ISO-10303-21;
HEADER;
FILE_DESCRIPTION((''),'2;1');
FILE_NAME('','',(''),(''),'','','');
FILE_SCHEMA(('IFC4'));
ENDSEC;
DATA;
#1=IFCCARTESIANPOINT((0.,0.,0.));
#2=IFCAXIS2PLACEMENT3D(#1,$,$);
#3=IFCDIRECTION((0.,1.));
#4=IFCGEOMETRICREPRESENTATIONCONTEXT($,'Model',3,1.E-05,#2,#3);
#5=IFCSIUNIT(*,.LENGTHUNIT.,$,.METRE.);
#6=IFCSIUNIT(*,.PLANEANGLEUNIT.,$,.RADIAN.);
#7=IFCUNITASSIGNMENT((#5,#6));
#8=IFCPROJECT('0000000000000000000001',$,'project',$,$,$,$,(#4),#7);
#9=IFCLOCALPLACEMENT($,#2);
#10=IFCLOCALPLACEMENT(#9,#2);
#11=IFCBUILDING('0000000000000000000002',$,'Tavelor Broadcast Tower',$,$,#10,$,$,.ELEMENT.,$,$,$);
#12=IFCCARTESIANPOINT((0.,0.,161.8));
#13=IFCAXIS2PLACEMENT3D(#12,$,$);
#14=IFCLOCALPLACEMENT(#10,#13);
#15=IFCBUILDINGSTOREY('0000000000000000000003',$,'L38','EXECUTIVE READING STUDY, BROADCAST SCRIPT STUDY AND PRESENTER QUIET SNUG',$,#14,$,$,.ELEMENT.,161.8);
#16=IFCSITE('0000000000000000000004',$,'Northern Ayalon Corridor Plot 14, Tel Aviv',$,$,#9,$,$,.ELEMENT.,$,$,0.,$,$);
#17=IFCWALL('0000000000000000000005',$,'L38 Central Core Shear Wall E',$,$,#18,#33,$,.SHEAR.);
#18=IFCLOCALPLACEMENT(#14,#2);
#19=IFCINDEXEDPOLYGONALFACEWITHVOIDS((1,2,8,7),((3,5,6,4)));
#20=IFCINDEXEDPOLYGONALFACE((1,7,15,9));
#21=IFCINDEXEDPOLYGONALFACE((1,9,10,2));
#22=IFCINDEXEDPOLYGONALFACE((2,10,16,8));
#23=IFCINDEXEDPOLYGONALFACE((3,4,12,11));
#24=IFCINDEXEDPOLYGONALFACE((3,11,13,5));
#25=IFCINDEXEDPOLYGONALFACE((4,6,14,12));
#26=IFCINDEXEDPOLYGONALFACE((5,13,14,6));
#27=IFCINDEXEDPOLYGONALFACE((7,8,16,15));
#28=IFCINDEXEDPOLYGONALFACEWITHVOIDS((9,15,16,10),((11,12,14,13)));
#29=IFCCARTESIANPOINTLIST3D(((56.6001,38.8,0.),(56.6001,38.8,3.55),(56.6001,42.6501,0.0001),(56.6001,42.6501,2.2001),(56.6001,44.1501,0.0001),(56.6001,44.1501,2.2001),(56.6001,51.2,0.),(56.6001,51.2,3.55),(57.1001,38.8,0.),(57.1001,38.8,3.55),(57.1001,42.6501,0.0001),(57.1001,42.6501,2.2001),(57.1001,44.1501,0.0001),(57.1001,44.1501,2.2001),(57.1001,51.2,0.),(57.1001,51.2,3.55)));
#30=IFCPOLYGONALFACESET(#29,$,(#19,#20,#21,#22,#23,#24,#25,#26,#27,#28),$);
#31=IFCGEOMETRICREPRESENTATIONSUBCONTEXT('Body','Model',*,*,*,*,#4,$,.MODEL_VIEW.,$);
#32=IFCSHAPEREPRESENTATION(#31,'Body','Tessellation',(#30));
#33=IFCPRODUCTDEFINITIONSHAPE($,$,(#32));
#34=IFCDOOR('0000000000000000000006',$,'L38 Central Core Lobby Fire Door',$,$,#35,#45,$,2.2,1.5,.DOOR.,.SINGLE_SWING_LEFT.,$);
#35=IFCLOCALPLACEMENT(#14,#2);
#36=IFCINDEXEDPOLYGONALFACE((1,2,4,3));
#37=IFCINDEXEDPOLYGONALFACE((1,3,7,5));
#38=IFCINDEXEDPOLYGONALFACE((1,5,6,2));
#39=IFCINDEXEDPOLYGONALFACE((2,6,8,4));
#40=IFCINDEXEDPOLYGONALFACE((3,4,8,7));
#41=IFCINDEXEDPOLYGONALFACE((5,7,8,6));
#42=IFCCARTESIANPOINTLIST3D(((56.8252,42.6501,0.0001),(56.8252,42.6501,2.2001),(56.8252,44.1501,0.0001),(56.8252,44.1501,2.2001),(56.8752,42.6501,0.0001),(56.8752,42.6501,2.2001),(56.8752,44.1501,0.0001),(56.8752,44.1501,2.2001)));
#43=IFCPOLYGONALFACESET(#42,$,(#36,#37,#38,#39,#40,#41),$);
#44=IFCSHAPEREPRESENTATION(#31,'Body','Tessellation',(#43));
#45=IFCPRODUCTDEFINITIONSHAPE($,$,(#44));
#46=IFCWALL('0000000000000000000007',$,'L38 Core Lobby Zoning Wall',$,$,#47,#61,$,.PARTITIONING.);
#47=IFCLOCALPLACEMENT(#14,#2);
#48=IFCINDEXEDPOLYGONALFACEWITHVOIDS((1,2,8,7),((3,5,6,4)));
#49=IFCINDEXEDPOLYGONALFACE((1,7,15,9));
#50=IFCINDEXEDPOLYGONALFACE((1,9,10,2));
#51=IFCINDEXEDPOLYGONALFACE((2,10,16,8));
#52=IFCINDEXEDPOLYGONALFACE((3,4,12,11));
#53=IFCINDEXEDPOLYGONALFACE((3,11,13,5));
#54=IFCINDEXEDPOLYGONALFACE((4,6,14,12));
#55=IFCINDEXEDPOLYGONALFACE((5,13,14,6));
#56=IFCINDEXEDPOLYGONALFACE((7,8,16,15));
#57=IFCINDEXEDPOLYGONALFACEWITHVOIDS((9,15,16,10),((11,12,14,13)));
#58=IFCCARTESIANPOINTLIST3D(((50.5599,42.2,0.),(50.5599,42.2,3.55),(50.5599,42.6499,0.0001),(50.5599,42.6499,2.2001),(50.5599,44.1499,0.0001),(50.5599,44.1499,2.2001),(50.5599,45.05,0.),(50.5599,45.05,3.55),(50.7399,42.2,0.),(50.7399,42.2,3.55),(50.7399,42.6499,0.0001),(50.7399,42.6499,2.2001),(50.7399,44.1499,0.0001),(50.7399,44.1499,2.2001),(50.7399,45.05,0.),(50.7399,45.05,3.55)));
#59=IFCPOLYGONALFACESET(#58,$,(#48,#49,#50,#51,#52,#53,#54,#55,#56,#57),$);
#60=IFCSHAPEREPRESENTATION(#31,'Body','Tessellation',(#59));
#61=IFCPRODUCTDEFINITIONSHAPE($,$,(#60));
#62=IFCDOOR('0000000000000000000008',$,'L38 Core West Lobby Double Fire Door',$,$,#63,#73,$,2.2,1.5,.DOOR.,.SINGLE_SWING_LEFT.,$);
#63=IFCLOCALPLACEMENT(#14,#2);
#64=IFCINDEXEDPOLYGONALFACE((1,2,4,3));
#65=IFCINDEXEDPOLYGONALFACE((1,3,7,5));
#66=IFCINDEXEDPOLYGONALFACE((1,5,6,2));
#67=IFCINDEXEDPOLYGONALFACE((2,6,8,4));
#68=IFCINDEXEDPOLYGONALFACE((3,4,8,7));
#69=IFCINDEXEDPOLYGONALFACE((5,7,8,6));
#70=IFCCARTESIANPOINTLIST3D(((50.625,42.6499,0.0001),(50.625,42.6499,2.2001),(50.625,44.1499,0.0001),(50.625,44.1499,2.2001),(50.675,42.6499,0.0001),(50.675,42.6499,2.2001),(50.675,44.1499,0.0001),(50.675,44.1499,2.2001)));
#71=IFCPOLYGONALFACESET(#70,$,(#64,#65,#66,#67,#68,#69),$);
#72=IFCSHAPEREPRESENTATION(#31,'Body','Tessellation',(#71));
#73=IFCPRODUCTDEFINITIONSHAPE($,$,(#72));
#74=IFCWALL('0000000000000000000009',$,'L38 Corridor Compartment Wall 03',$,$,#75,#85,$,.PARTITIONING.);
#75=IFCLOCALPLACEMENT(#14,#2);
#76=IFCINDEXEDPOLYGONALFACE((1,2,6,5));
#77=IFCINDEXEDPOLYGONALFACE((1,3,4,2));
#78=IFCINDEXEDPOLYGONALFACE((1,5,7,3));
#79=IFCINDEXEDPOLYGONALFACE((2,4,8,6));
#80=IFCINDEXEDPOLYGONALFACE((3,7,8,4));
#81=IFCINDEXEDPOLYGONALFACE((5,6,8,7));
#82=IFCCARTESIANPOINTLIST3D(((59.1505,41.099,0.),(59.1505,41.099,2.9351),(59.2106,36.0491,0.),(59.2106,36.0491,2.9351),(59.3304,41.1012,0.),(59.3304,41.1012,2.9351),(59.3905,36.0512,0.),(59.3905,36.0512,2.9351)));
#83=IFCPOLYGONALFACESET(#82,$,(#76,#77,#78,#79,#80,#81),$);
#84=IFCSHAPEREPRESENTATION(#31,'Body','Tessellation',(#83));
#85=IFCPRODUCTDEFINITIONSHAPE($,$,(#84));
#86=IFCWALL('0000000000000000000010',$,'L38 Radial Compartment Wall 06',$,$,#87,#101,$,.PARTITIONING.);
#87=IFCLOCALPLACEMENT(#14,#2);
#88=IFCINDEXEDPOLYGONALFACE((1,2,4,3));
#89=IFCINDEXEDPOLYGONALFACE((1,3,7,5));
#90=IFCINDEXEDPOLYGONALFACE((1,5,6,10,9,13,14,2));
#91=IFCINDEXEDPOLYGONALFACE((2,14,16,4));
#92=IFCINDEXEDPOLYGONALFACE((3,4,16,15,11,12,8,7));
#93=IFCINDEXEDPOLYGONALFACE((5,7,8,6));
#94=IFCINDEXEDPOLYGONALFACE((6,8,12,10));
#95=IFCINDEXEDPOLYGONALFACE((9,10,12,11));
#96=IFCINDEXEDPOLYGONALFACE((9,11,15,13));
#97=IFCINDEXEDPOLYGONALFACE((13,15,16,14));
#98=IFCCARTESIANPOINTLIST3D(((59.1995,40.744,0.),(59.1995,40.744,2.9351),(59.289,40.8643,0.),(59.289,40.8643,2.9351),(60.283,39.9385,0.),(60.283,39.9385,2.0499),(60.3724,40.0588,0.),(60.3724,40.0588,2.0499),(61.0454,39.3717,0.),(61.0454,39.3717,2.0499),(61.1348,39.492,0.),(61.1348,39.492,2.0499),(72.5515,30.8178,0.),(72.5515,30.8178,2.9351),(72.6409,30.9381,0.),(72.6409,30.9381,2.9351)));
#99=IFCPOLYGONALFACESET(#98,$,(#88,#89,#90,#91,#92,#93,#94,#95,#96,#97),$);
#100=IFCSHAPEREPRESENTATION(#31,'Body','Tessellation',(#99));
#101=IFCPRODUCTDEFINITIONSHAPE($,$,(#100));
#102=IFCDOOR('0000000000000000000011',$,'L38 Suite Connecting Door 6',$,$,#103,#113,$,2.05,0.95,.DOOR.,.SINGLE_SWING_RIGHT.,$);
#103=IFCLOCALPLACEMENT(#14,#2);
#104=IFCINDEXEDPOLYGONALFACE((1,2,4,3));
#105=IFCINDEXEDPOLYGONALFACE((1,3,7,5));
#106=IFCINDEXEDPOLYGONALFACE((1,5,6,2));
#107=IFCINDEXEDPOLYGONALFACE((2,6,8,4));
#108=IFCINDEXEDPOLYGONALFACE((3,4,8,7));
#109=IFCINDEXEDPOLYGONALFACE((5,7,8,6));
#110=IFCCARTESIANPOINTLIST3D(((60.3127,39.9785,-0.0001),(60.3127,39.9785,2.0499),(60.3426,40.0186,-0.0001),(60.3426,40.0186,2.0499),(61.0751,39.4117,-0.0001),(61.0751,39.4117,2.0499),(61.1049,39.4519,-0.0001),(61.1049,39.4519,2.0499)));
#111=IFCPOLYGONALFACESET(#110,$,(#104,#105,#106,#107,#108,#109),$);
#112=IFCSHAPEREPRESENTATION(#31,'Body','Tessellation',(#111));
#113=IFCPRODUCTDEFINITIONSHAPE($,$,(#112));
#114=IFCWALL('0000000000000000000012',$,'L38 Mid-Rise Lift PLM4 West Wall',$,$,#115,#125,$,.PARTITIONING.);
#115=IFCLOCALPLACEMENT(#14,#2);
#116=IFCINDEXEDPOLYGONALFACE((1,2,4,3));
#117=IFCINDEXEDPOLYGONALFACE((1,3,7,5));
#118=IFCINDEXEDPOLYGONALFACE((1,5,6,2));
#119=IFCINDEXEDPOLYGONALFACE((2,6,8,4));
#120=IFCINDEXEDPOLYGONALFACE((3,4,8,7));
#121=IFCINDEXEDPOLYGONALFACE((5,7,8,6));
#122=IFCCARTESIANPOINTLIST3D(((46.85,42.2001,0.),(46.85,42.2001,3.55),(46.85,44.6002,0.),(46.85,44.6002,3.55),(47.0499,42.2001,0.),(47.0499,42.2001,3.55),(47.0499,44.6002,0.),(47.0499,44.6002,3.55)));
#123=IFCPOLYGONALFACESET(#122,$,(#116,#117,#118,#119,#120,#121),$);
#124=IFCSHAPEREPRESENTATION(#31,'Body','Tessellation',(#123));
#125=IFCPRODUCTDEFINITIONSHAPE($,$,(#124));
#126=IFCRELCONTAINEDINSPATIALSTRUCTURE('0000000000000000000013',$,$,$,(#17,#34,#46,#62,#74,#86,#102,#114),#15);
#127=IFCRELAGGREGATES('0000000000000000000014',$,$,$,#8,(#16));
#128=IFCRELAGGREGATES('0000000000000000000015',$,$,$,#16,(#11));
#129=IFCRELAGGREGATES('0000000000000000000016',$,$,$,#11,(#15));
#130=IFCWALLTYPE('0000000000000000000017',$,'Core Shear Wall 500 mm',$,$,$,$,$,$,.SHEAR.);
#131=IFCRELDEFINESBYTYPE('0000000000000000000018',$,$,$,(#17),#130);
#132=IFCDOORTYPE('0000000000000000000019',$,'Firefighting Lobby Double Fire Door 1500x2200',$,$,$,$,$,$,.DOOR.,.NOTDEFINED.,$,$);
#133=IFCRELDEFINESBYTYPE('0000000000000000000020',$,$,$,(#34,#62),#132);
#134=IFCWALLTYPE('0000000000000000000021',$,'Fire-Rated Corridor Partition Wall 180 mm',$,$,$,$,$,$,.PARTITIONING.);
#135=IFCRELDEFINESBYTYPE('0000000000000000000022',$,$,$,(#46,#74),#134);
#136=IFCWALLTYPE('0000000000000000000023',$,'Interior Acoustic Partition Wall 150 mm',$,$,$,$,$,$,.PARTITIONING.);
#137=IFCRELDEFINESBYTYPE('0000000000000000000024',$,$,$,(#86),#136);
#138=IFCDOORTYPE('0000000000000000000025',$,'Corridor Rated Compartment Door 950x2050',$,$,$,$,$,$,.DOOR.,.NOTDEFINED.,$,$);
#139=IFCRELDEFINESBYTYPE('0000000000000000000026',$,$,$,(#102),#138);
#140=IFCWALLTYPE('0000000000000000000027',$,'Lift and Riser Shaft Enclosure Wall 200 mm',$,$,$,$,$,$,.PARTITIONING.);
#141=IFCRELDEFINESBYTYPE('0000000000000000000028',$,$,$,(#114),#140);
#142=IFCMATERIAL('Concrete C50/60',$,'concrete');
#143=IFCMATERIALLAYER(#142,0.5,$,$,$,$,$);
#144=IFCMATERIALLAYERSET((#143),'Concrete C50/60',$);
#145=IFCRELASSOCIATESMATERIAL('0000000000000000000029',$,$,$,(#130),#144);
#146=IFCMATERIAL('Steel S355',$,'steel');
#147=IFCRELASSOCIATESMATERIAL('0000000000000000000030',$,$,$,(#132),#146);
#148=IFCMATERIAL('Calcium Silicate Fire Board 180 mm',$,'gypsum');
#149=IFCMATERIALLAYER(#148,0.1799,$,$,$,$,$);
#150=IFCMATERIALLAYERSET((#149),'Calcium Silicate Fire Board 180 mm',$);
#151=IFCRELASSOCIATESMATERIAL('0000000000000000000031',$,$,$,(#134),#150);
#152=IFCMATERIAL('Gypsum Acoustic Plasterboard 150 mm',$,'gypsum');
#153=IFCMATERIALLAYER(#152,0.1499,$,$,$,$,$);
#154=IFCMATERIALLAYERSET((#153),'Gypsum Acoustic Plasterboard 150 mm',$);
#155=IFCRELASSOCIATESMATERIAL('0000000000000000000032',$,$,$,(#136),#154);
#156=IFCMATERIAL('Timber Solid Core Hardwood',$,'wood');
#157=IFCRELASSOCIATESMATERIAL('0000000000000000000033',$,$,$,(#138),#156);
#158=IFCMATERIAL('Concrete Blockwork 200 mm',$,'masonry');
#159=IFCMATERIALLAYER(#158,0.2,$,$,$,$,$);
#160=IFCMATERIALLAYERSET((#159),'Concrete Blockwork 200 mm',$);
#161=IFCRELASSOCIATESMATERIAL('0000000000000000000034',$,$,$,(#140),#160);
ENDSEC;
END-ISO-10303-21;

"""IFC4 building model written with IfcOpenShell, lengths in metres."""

from ifc_helpers import new_model, si_unit, direction, frame, frame_2d, origin, place, context, subcontext, project, spatial, rectangle, extrude, material, layer, layer_set, type_object, element, fill, save


model = new_model("IFC4")

# Units and contexts
model_context = context("Model", 3, precision=1e-05, world=origin(), true_north=direction((0.0, 1.0)))
body_context = subcontext(model_context, "Body", "Model", "MODEL_VIEW")
ifc_project = project(units=[si_unit("LENGTHUNIT", "METRE"), si_unit("PLANEANGLEUNIT", "RADIAN")], contexts=[model_context])

# Site, building, storey
site_placement = place(None, origin())
site = spatial("IfcSite", under=ifc_project, at=site_placement, Name="Northern Ayalon Corridor Plot 14, Tel Aviv", CompositionType="ELEMENT", RefElevation=0.0)
building_placement = place(site_placement, origin())
building = spatial("IfcBuilding", under=site, at=building_placement, Name="Tavelor Broadcast Tower", CompositionType="ELEMENT")
storey_placement = place(building_placement, frame((0.0, 0.0, 161.8)))
storey = spatial("IfcBuildingStorey", under=building, at=storey_placement, Name="L38", Description="EXECUTIVE READING STUDY, BROADCAST SCRIPT STUDY AND PRESENTER QUIET SNUG", CompositionType="ELEMENT", Elevation=161.8)

# Shared definitions
ifc_material_1 = material(Name="Concrete C50/60", Category="concrete")

# Shared definitions
ifc_material_2 = material(Name="Steel S355", Category="steel")

# Walls, openings, doors
ifc_layer_1 = layer(ifc_material_1, 0.5)
ifc_layer_set_1 = layer_set([ifc_layer_1], Name="Concrete C50/60")
wall_type_1 = type_object("IfcWallType", Name="Core Shear Wall 500 mm", PredefinedType="SHEAR", material=ifc_layer_set_1)
wall_1_placement = place(storey_placement, frame((56.8501, 38.8, 0.0), z_axis=(0.0, 0.0, 1.0), x_axis=(0.0, 1.0, 0.0)))
wall_1 = element("IfcWall", 1, at=wall_1_placement, inside=storey, type_object=wall_type_1, Name="L38 Central Core Shear Wall E", PredefinedType="SHEAR", context=body_context, shape_type="SweptSolid", body=[
    extrude(rectangle(XDim=12.3999, YDim=0.5, at=frame_2d((6.2, 0.0))), origin(), (0.0, 0.0, 1.0), 3.55),
])
opening_1_placement = place(wall_1_placement, frame((3.8501, 0.0, 0.0)))
opening_1 = element("IfcOpeningElement", 2, at=opening_1_placement, cuts=wall_1, PredefinedType="OPENING", context=body_context, shape_type="SweptSolid", body=[
    extrude(rectangle(XDim=1.5, YDim=2.2, at=frame_2d((0.75, 1.1001))), frame((0.0, 0.26, 0.0), z_axis=(0.0, -1.0, 0.0), x_axis=(1.0, 0.0, 0.0)), (0.0, 0.0, 1.0), 0.52),
])
door_type_1 = type_object("IfcDoorType", Name="Firefighting Lobby Double Fire Door 1500x2200", OperationType="NOTDEFINED", PredefinedType="DOOR", material=ifc_material_2)
door_1_placement = place(opening_1_placement, origin())
door_1 = element("IfcDoor", 3, at=door_1_placement, inside=storey, type_object=door_type_1, Name="L38 Central Core Lobby Fire Door", OperationType="SINGLE_SWING_LEFT", OverallHeight=2.2, OverallWidth=1.5, PredefinedType="DOOR", context=body_context, shape_type="SweptSolid", body=[
    extrude(rectangle(XDim=1.5, YDim=2.2, at=frame_2d((0.75, 1.1001))), frame((0.0, 0.0249, 0.0), z_axis=(0.0, -1.0, 0.0), x_axis=(1.0, 0.0, 0.0)), (0.0, 0.0, 1.0), 0.05),
])
fill(opening_1, door_1)
ifc_material_3 = material(Name="Calcium Silicate Fire Board 180 mm", Category="gypsum")
ifc_layer_2 = layer(ifc_material_3, 0.1799)
ifc_layer_set_2 = layer_set([ifc_layer_2], Name="Calcium Silicate Fire Board 180 mm")
wall_type_2 = type_object("IfcWallType", Name="Fire-Rated Corridor Partition Wall 180 mm", PredefinedType="PARTITIONING", material=ifc_layer_set_2)
wall_2_placement = place(storey_placement, frame((50.6499, 42.2, 0.0), z_axis=(0.0, 0.0, 1.0), x_axis=(0.0, 1.0, 0.0)))
wall_2 = element("IfcWall", 4, at=wall_2_placement, inside=storey, type_object=wall_type_2, Name="L38 Core Lobby Zoning Wall", PredefinedType="PARTITIONING", context=body_context, shape_type="SweptSolid", body=[
    extrude(rectangle(XDim=2.8501, YDim=0.1799, at=frame_2d((1.425, 0.0))), origin(), (0.0, 0.0, 1.0), 3.55),
])
opening_2_placement = place(wall_2_placement, frame((0.45, 0.0, 0.0)))
opening_2 = element("IfcOpeningElement", 5, at=opening_2_placement, cuts=wall_2, PredefinedType="OPENING", context=body_context, shape_type="SweptSolid", body=[
    extrude(rectangle(XDim=1.5, YDim=2.2, at=frame_2d((0.75, 1.1001))), frame((0.0, 0.1001, 0.0), z_axis=(0.0, -1.0, 0.0), x_axis=(1.0, 0.0, 0.0)), (0.0, 0.0, 1.0), 0.2),
])
door_2_placement = place(opening_2_placement, origin())
door_2 = element("IfcDoor", 6, at=door_2_placement, inside=storey, type_object=door_type_1, Name="L38 Core West Lobby Double Fire Door", OperationType="SINGLE_SWING_LEFT", OverallHeight=2.2, OverallWidth=1.5, PredefinedType="DOOR", context=body_context, shape_type="SweptSolid", body=[
    extrude(rectangle(XDim=1.5, YDim=2.2, at=frame_2d((0.75, 1.1001))), frame((0.0, 0.0249, 0.0), z_axis=(0.0, -1.0, 0.0), x_axis=(1.0, 0.0, 0.0)), (0.0, 0.0, 1.0), 0.05),
])
fill(opening_2, door_2)

# Wall
wall_3_placement = place(storey_placement, frame((59.2405, 41.1001, 0.0), z_axis=(0.0, 0.0, 1.0), x_axis=(0.011892, -0.999929, 0.0)))
element("IfcWall", 7, at=wall_3_placement, inside=storey, type_object=wall_type_2, Name="L38 Corridor Compartment Wall 03", PredefinedType="PARTITIONING", context=body_context, shape_type="SweptSolid", body=[
    extrude(rectangle(XDim=5.0503, YDim=0.1799, at=frame_2d((2.5251, 0.0))), origin(), (0.0, 0.0, 1.0), 2.9351),
])

# Wall, opening, door
ifc_material_4 = material(Name="Gypsum Acoustic Plasterboard 150 mm", Category="gypsum")
ifc_layer_3 = layer(ifc_material_4, 0.1499)
ifc_layer_set_3 = layer_set([ifc_layer_3], Name="Gypsum Acoustic Plasterboard 150 mm")
wall_type_3 = type_object("IfcWallType", Name="Interior Acoustic Partition Wall 150 mm", PredefinedType="PARTITIONING", material=ifc_layer_set_3)
wall_4_placement = place(storey_placement, frame((59.2441, 40.8042, 0.0), z_axis=(0.0, 0.0, 1.0), x_axis=(0.802525, -0.596618, 0.0)))
wall_4 = element("IfcWall", 8, at=wall_4_placement, inside=storey, type_object=wall_type_3, Name="L38 Radial Compartment Wall 06", PredefinedType="PARTITIONING", context=body_context, shape_type="SweptSolid", body=[
    extrude(rectangle(XDim=16.6375, YDim=0.1499, at=frame_2d((8.3188, 0.0))), origin(), (0.0, 0.0, 1.0), 2.9351),
])
opening_3_placement = place(wall_4_placement, frame((1.3501, 0.0, 0.0)))
opening_3 = element("IfcOpeningElement", 9, at=opening_3_placement, cuts=wall_4, PredefinedType="OPENING", context=body_context, shape_type="SweptSolid", body=[
    extrude(rectangle(XDim=0.95, YDim=2.05, at=frame_2d((0.4751, 1.0249))), frame((0.0, 0.085, 0.0), z_axis=(0.0, -1.0, 0.0), x_axis=(1.0, 0.0, 0.0)), (0.0, 0.0, 1.0), 0.1699),
])
ifc_material_5 = material(Name="Timber Solid Core Hardwood", Category="wood")
door_type_2 = type_object("IfcDoorType", Name="Corridor Rated Compartment Door 950x2050", OperationType="NOTDEFINED", PredefinedType="DOOR", material=ifc_material_5)
door_3_placement = place(opening_3_placement, origin())
door_3 = element("IfcDoor", 10, at=door_3_placement, inside=storey, type_object=door_type_2, Name="L38 Suite Connecting Door 6", OperationType="SINGLE_SWING_RIGHT", OverallHeight=2.05, OverallWidth=0.95, PredefinedType="DOOR", context=body_context, shape_type="SweptSolid", body=[
    extrude(rectangle(XDim=0.95, YDim=2.05, at=frame_2d((0.4751, 1.0249))), frame((0.0, 0.0249, 0.0), z_axis=(0.0, -1.0, 0.0), x_axis=(1.0, 0.0, 0.0)), (0.0, 0.0, 1.0), 0.05),
])
fill(opening_3, door_3)
ifc_material_6 = material(Name="Concrete Blockwork 200 mm", Category="masonry")

# Wall
ifc_layer_4 = layer(ifc_material_6, 0.2)
ifc_layer_set_4 = layer_set([ifc_layer_4], Name="Concrete Blockwork 200 mm")
wall_type_4 = type_object("IfcWallType", Name="Lift and Riser Shaft Enclosure Wall 200 mm", PredefinedType="PARTITIONING", material=ifc_layer_set_4)
wall_5_placement = place(storey_placement, frame((46.95, 42.2, 0.0), z_axis=(0.0, 0.0, 1.0), x_axis=(0.0, 1.0, 0.0)))
element("IfcWall", 11, at=wall_5_placement, inside=storey, type_object=wall_type_4, Name="L38 Mid-Rise Lift PLM4 West Wall", PredefinedType="PARTITIONING", context=body_context, shape_type="SweptSolid", body=[
    extrude(rectangle(XDim=2.4001, YDim=0.2, at=frame_2d((1.2002, 0.0))), origin(), (0.0, 0.0, 1.0), 3.55),
])

save(model, "model.ifc")
